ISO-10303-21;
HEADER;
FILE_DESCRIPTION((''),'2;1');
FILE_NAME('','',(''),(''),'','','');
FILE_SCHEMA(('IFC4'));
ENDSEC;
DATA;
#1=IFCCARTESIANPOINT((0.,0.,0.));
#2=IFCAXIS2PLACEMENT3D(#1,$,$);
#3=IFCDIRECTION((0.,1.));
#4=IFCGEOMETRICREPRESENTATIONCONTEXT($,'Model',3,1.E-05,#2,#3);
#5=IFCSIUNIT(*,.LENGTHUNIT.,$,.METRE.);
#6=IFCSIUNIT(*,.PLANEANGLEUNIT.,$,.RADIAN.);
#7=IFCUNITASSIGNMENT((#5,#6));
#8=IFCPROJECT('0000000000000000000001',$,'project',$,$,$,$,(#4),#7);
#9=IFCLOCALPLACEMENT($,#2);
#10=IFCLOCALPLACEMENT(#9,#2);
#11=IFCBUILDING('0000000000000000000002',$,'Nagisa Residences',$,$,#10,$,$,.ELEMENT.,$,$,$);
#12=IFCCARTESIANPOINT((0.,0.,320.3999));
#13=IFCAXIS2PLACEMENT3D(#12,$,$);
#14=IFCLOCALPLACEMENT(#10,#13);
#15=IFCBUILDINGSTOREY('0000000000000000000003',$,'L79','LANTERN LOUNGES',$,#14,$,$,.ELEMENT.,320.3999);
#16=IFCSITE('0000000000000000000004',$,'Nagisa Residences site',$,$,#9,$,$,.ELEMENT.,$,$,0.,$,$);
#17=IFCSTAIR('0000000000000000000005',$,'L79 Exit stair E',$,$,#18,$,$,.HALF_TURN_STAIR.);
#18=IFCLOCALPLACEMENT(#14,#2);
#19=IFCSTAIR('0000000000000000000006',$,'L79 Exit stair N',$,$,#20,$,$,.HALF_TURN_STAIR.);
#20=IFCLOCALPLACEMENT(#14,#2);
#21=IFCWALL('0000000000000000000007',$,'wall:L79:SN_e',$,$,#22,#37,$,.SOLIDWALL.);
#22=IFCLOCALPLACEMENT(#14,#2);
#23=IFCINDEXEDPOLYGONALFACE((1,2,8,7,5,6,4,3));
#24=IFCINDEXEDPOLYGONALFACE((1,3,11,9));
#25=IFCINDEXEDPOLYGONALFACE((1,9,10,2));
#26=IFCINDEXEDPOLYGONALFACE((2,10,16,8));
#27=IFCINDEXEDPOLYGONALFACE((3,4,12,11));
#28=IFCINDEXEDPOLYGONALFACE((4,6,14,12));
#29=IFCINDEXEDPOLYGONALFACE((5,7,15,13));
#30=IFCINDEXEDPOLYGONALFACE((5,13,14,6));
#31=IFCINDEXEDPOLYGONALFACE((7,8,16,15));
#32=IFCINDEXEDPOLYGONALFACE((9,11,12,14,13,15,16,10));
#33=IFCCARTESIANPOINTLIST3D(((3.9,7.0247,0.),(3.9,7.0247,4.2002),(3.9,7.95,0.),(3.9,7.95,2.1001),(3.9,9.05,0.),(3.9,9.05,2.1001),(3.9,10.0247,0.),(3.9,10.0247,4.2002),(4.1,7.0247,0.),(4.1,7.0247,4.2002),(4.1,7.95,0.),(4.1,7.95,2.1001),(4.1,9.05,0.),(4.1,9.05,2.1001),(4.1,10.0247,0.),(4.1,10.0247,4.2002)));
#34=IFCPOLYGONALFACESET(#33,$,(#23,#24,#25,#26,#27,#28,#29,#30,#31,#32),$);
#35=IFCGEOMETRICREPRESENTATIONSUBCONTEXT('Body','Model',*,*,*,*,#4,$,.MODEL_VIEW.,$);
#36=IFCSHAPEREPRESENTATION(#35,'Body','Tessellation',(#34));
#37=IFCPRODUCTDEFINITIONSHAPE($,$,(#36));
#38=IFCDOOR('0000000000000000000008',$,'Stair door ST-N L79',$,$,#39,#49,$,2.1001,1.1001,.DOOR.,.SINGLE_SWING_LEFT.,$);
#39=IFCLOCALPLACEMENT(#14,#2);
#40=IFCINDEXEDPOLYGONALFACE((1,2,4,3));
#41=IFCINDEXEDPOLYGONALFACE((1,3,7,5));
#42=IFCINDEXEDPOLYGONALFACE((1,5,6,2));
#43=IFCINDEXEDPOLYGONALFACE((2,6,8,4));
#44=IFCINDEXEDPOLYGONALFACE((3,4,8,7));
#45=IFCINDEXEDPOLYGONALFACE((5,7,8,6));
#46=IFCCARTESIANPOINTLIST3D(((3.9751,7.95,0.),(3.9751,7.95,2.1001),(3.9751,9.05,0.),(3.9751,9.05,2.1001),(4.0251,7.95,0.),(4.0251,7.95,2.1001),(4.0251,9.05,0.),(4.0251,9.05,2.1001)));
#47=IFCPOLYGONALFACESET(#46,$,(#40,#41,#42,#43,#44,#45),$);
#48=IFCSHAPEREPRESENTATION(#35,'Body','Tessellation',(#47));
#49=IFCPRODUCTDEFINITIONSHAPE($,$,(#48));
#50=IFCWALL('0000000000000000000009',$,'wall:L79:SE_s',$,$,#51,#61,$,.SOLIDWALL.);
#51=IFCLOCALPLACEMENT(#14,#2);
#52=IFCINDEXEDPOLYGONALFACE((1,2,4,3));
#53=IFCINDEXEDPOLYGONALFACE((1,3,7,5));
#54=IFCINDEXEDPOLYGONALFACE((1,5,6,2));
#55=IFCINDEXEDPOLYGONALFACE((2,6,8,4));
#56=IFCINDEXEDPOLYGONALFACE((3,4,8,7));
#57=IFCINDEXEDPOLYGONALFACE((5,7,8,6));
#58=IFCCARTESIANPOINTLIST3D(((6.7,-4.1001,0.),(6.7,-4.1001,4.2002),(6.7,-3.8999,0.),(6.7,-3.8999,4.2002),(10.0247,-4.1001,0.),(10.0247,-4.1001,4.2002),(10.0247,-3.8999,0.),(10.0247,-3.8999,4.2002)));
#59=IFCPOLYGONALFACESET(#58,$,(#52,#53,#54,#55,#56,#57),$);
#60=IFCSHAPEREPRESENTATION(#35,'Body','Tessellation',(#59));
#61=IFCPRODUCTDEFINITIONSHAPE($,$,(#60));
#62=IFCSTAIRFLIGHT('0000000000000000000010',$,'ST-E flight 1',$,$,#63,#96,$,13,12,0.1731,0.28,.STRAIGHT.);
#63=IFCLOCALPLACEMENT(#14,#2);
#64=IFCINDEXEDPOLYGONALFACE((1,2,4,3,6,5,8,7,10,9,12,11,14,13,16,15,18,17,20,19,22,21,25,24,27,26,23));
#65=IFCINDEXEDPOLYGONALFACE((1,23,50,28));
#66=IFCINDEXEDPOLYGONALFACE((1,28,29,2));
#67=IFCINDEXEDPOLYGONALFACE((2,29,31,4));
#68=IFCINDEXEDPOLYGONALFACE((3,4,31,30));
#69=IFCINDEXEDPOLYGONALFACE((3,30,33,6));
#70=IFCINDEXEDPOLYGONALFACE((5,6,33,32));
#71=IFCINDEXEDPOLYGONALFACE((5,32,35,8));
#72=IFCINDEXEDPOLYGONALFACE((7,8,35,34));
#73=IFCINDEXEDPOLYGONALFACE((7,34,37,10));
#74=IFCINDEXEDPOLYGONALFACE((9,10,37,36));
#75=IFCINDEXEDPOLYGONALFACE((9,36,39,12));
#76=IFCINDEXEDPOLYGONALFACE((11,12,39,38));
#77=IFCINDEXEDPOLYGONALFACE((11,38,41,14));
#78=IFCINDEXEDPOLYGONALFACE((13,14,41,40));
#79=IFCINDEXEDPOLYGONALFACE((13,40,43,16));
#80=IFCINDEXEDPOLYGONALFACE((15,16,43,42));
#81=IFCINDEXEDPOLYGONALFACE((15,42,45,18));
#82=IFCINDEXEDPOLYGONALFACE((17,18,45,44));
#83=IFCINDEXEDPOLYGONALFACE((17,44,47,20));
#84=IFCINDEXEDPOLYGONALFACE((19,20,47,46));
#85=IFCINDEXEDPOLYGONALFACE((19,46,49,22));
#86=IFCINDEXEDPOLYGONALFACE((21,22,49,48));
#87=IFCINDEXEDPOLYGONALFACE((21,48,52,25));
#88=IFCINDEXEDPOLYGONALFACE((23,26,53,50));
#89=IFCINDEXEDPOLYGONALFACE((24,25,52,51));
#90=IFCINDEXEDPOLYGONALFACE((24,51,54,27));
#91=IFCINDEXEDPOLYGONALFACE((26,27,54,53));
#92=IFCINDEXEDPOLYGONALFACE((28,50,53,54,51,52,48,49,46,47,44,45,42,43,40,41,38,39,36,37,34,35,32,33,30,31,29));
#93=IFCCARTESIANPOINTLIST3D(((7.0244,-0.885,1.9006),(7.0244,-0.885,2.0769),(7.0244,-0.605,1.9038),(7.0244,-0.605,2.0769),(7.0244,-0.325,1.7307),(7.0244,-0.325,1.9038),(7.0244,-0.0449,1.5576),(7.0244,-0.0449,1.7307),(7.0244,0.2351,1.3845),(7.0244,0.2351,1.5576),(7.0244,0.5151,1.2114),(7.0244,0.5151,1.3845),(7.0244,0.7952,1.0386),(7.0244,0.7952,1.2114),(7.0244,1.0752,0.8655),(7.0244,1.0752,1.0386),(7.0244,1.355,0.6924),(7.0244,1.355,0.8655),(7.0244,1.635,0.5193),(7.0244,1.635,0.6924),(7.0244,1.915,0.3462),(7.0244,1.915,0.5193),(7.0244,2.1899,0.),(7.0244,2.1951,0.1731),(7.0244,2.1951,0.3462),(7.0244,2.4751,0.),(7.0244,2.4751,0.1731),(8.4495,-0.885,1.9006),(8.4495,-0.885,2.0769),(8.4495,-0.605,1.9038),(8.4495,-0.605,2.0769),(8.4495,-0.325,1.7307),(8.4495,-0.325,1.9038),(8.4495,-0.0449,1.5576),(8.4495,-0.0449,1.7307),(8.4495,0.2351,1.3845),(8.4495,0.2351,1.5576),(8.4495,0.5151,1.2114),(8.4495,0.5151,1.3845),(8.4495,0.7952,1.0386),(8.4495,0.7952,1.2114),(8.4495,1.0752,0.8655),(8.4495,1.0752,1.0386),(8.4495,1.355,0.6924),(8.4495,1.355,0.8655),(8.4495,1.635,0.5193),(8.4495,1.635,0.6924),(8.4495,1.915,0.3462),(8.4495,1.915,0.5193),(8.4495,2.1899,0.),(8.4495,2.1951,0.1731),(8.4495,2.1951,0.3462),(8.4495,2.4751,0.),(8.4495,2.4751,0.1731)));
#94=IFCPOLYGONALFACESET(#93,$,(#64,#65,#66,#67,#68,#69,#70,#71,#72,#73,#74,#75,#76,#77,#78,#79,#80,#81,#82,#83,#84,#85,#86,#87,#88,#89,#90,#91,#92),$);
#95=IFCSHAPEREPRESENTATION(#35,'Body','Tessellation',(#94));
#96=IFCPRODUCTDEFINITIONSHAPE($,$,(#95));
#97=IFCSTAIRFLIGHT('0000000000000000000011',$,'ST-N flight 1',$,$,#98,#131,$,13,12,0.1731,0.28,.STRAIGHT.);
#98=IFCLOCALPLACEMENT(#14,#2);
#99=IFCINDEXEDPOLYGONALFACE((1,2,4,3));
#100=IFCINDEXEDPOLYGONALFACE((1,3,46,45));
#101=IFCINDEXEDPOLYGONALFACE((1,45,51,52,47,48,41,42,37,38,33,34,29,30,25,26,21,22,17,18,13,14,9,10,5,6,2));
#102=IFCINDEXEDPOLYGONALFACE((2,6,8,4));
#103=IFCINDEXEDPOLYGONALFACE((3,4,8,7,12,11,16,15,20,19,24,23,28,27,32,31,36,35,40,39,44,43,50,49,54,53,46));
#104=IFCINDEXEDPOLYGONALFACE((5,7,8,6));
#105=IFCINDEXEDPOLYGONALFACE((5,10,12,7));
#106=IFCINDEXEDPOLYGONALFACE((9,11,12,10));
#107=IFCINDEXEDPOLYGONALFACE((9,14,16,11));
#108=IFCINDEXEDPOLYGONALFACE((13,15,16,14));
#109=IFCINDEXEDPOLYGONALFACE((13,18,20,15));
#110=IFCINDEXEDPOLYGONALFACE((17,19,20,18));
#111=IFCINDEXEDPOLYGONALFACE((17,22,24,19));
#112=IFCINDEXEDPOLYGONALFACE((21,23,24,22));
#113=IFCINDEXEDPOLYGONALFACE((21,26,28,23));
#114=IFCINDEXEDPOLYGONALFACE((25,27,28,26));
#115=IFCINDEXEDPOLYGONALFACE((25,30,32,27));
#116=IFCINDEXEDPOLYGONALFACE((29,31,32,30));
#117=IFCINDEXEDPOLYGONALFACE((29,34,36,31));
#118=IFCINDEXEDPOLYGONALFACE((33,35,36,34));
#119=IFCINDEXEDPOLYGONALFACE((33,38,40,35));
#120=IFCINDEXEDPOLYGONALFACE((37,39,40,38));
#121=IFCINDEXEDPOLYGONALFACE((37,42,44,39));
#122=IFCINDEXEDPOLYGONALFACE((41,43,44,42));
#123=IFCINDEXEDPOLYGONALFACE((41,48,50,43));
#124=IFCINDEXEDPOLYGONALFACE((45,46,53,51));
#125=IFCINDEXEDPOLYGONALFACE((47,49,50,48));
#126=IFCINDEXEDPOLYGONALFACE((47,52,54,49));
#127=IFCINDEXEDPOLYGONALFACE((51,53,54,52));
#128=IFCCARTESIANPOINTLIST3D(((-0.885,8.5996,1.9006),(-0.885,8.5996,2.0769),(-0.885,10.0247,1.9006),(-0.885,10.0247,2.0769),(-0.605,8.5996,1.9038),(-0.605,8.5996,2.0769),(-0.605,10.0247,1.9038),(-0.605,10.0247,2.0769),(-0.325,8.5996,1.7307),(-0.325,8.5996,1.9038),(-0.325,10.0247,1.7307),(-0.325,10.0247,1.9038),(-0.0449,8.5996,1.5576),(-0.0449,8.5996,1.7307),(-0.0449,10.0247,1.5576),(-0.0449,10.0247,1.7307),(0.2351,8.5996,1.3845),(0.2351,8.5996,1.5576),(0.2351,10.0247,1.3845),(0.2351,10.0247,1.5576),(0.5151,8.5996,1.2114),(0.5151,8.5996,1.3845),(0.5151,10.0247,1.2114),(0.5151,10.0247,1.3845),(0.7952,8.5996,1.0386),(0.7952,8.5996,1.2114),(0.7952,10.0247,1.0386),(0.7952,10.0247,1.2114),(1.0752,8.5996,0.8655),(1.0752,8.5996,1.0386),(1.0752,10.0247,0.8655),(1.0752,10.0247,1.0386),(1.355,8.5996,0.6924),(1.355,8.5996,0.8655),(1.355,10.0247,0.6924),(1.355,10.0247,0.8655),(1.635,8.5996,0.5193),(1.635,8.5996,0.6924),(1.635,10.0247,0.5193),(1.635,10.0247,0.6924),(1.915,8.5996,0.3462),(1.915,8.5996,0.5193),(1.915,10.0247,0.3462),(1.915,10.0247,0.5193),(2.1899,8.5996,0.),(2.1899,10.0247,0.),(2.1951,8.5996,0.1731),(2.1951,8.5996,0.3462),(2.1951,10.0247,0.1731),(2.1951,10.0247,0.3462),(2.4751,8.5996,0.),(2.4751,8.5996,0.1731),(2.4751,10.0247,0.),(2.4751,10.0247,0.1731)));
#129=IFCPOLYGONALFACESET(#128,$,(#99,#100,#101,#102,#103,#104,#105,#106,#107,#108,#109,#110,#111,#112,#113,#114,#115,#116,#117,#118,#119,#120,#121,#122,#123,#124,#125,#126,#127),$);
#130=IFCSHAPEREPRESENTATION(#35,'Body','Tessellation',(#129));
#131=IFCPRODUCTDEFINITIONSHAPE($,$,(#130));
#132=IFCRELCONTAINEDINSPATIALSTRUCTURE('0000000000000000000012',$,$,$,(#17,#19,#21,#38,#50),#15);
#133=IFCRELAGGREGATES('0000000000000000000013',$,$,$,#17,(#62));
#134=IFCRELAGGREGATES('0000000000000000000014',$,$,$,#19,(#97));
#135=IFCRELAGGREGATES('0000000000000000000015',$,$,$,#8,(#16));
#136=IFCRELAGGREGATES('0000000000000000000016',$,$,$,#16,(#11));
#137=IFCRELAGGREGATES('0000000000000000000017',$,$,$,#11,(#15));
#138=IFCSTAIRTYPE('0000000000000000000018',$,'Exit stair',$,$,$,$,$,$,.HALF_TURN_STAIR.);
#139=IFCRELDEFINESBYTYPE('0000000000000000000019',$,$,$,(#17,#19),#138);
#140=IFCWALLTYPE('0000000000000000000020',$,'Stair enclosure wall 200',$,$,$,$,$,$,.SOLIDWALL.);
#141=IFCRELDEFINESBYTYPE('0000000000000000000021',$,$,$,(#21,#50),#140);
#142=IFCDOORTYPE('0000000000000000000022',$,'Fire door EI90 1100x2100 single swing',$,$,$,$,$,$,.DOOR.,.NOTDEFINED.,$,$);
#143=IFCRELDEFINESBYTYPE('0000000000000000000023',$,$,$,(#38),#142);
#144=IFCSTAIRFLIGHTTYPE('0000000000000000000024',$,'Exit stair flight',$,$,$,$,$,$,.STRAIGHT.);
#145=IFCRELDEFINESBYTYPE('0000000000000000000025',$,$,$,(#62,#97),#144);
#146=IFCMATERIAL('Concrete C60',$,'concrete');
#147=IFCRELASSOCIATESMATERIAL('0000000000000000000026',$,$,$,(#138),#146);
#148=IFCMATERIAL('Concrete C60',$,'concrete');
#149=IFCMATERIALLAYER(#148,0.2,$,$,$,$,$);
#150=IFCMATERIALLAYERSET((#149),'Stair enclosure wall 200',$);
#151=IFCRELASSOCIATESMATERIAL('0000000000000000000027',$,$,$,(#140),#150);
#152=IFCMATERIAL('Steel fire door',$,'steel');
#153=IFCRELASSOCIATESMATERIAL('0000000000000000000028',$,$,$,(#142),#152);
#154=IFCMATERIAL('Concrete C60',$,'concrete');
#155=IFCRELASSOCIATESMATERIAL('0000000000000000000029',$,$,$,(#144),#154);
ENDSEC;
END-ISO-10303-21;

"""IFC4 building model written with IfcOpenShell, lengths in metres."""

from ifc_helpers import new_model, si_unit, direction, frame, frame_2d, origin, place, context, subcontext, project, spatial, polyline, rectangle, outline, extrude, material, layer, layer_set, type_object, element, fill, aggregate, save


model = new_model("IFC4")

# Units and contexts
model_context = context("Model", 3, precision=1e-05, world=origin(), true_north=direction((0.0, 1.0)))
body_context = subcontext(model_context, "Body", "Model", "MODEL_VIEW")
ifc_project = project(units=[si_unit("LENGTHUNIT", "METRE"), si_unit("PLANEANGLEUNIT", "RADIAN")], contexts=[model_context])

# Site, building, storey
site_placement = place(None, origin())
site = spatial("IfcSite", under=ifc_project, at=site_placement, Name="Nagisa Residences site", CompositionType="ELEMENT", RefElevation=0.0)
building_placement = place(site_placement, origin())
building = spatial("IfcBuilding", under=site, at=building_placement, Name="Nagisa Residences", CompositionType="ELEMENT")
storey_placement = place(building_placement, frame((0.0, 0.0, 320.3999)))
storey = spatial("IfcBuildingStorey", under=building, at=storey_placement, Name="L79", Description="LANTERN LOUNGES", CompositionType="ELEMENT", Elevation=320.3999)

# Stairs
ifc_material_1 = material(Name="Concrete C60", Category="concrete")
stair_type = type_object("IfcStairType", Name="Exit stair", PredefinedType="HALF_TURN_STAIR", material=ifc_material_1)
stair_1_placement = place(storey_placement, origin())
stair_1 = element("IfcStair", 1, at=stair_1_placement, inside=storey, type_object=stair_type, Name="L79 Exit stair E", PredefinedType="HALF_TURN_STAIR")
stair_2_placement = place(storey_placement, origin())
stair_2 = element("IfcStair", 2, at=stair_2_placement, inside=storey, type_object=stair_type, Name="L79 Exit stair N", PredefinedType="HALF_TURN_STAIR")

# Wall, opening, door
ifc_material_2 = material(Name="Concrete C60", Category="concrete")
ifc_layer_1 = layer(ifc_material_2, 0.2)
ifc_layer_set_1 = layer_set([ifc_layer_1], Name="Stair enclosure wall 200")
wall_type_1 = type_object("IfcWallType", Name="Stair enclosure wall 200", PredefinedType="SOLIDWALL", material=ifc_layer_set_1)
ifc_material_3 = material(Name="Steel fire door", Category="steel")
door_type_1 = type_object("IfcDoorType", Name="Fire door EI90 1100x2100 single swing", OperationType="NOTDEFINED", PredefinedType="DOOR", material=ifc_material_3)
wall_1_placement = place(storey_placement, frame((4.0, 7.0247, 0.0), z_axis=(0.0, 0.0, 1.0), x_axis=(0.0, 1.0, 0.0)))
wall_1 = element("IfcWall", 3, at=wall_1_placement, inside=storey, type_object=wall_type_1, Name="wall:L79:SN_e", PredefinedType="SOLIDWALL", context=body_context, shape_type="SweptSolid", body=[
    extrude(rectangle(XDim=3.0, YDim=0.2, at=frame_2d((1.5, 0.0))), origin(), (0.0, 0.0, 1.0), 4.2002),
])
opening_1_placement = place(wall_1_placement, frame((0.9253, 0.0, 0.0)))
opening_1 = element("IfcOpeningElement", 4, at=opening_1_placement, cuts=wall_1, PredefinedType="OPENING", context=body_context, shape_type="SweptSolid", body=[
    extrude(rectangle(XDim=1.1001, YDim=2.1001, at=frame_2d((0.55, 1.05))), frame((0.0, 0.1099, 0.0), z_axis=(0.0, -1.0, 0.0), x_axis=(1.0, 0.0, 0.0)), (0.0, 0.0, 1.0), 0.22),
])
door_1_placement = place(opening_1_placement, origin())
door_1 = element("IfcDoor", 5, at=door_1_placement, inside=storey, type_object=door_type_1, Name="Stair door ST-N L79", OperationType="SINGLE_SWING_LEFT", OverallHeight=2.1001, OverallWidth=1.1001, PredefinedType="DOOR", context=body_context, shape_type="SweptSolid", body=[
    extrude(rectangle(XDim=1.1001, YDim=2.1001, at=frame_2d((0.55, 1.05))), frame((0.0, 0.0249, 0.0), z_axis=(0.0, -1.0, 0.0), x_axis=(1.0, 0.0, 0.0)), (0.0, 0.0, 1.0), 0.05),
])
fill(opening_1, door_1)

# Wall
wall_2_placement = place(storey_placement, origin())
element("IfcWall", 6, at=wall_2_placement, inside=storey, type_object=wall_type_1, Name="wall:L79:SE_s", PredefinedType="SOLIDWALL", context=body_context, shape_type="SweptSolid", body=[
    extrude(outline(polyline([(10.0247, -4.1001), (6.7, -4.1001), (6.7, -3.8999), (10.0247, -3.8999), (10.0247, -4.1001)])), origin(), (0.0, 0.0, 1.0), 4.2002),
])

# Stair flights
ifc_material_4 = material(Name="Concrete C60", Category="concrete")
stair_flight_type = type_object("IfcStairFlightType", Name="Exit stair flight", PredefinedType="STRAIGHT", material=ifc_material_4)
stair_flight_1_placement = place(storey_placement, frame((7.7371, 2.4751, 0.0), z_axis=(0.0, 0.0, 1.0), x_axis=(0.0, -1.0, 0.0)))
stair_flight_1 = element("IfcStairFlight", 7, at=stair_flight_1_placement, type_object=stair_flight_type, Name="ST-E flight 1", NumberOfRisers=13, NumberOfTreads=12, PredefinedType="STRAIGHT", RiserHeight=0.1731, TreadLength=0.28, context=body_context, shape_type="SweptSolid", body=[
    extrude(outline(polyline([(0.0, 0.0), (0.0, 0.1731), (0.28, 0.1731), (0.28, 0.3462), (0.5601, 0.3462), (0.5601, 0.5193), (0.8401, 0.5193), (0.8401, 0.6924), (1.1201, 0.6924), (1.1201, 0.8655), (1.3999, 0.8655), (1.3999, 1.0386), (1.6799, 1.0386), (1.6799, 1.2114), (1.96, 1.2114), (1.96, 1.3845), (2.24, 1.3845), (2.24, 1.5576), (2.52, 1.5576), (2.52, 1.7307), (2.8, 1.7307), (2.8, 1.9038), (3.0801, 1.9038), (3.0801, 2.0769), (3.3601, 2.0769), (3.3601, 2.25), (3.3601, 1.9006), (0.2852, 0.0), (0.0, 0.0)])), frame((0.0, 0.7124, 0.0), z_axis=(0.0, -1.0, 0.0), x_axis=(1.0, 0.0, 0.0)), (0.0, 0.0, 1.0), 1.425),
])
aggregate(stair_1, [stair_flight_1])
stair_flight_2_placement = place(storey_placement, frame((2.4751, 9.312, 0.0), z_axis=(0.0, 0.0, 1.0), x_axis=(-1.0, 0.0, 0.0)))
stair_flight_2 = element("IfcStairFlight", 8, at=stair_flight_2_placement, type_object=stair_flight_type, Name="ST-N flight 1", NumberOfRisers=13, NumberOfTreads=12, PredefinedType="STRAIGHT", RiserHeight=0.1731, TreadLength=0.28, context=body_context, shape_type="SweptSolid", body=[
    extrude(outline(polyline([(0.0, 0.0), (0.0, 0.1731), (0.28, 0.1731), (0.28, 0.3462), (0.5601, 0.3462), (0.5601, 0.5193), (0.8401, 0.5193), (0.8401, 0.6924), (1.1201, 0.6924), (1.1201, 0.8655), (1.3999, 0.8655), (1.3999, 1.0386), (1.6799, 1.0386), (1.6799, 1.2114), (1.96, 1.2114), (1.96, 1.3845), (2.24, 1.3845), (2.24, 1.5576), (2.52, 1.5576), (2.52, 1.7307), (2.8, 1.7307), (2.8, 1.9038), (3.0801, 1.9038), (3.0801, 2.0769), (3.3601, 2.0769), (3.3601, 2.25), (3.3601, 1.9006), (0.2852, 0.0), (0.0, 0.0)])), frame((0.0, 0.7124, 0.0), z_axis=(0.0, -1.0, 0.0), x_axis=(1.0, 0.0, 0.0)), (0.0, 0.0, 1.0), 1.425),
])
aggregate(stair_2, [stair_flight_2])

save(model, "model.ifc")
